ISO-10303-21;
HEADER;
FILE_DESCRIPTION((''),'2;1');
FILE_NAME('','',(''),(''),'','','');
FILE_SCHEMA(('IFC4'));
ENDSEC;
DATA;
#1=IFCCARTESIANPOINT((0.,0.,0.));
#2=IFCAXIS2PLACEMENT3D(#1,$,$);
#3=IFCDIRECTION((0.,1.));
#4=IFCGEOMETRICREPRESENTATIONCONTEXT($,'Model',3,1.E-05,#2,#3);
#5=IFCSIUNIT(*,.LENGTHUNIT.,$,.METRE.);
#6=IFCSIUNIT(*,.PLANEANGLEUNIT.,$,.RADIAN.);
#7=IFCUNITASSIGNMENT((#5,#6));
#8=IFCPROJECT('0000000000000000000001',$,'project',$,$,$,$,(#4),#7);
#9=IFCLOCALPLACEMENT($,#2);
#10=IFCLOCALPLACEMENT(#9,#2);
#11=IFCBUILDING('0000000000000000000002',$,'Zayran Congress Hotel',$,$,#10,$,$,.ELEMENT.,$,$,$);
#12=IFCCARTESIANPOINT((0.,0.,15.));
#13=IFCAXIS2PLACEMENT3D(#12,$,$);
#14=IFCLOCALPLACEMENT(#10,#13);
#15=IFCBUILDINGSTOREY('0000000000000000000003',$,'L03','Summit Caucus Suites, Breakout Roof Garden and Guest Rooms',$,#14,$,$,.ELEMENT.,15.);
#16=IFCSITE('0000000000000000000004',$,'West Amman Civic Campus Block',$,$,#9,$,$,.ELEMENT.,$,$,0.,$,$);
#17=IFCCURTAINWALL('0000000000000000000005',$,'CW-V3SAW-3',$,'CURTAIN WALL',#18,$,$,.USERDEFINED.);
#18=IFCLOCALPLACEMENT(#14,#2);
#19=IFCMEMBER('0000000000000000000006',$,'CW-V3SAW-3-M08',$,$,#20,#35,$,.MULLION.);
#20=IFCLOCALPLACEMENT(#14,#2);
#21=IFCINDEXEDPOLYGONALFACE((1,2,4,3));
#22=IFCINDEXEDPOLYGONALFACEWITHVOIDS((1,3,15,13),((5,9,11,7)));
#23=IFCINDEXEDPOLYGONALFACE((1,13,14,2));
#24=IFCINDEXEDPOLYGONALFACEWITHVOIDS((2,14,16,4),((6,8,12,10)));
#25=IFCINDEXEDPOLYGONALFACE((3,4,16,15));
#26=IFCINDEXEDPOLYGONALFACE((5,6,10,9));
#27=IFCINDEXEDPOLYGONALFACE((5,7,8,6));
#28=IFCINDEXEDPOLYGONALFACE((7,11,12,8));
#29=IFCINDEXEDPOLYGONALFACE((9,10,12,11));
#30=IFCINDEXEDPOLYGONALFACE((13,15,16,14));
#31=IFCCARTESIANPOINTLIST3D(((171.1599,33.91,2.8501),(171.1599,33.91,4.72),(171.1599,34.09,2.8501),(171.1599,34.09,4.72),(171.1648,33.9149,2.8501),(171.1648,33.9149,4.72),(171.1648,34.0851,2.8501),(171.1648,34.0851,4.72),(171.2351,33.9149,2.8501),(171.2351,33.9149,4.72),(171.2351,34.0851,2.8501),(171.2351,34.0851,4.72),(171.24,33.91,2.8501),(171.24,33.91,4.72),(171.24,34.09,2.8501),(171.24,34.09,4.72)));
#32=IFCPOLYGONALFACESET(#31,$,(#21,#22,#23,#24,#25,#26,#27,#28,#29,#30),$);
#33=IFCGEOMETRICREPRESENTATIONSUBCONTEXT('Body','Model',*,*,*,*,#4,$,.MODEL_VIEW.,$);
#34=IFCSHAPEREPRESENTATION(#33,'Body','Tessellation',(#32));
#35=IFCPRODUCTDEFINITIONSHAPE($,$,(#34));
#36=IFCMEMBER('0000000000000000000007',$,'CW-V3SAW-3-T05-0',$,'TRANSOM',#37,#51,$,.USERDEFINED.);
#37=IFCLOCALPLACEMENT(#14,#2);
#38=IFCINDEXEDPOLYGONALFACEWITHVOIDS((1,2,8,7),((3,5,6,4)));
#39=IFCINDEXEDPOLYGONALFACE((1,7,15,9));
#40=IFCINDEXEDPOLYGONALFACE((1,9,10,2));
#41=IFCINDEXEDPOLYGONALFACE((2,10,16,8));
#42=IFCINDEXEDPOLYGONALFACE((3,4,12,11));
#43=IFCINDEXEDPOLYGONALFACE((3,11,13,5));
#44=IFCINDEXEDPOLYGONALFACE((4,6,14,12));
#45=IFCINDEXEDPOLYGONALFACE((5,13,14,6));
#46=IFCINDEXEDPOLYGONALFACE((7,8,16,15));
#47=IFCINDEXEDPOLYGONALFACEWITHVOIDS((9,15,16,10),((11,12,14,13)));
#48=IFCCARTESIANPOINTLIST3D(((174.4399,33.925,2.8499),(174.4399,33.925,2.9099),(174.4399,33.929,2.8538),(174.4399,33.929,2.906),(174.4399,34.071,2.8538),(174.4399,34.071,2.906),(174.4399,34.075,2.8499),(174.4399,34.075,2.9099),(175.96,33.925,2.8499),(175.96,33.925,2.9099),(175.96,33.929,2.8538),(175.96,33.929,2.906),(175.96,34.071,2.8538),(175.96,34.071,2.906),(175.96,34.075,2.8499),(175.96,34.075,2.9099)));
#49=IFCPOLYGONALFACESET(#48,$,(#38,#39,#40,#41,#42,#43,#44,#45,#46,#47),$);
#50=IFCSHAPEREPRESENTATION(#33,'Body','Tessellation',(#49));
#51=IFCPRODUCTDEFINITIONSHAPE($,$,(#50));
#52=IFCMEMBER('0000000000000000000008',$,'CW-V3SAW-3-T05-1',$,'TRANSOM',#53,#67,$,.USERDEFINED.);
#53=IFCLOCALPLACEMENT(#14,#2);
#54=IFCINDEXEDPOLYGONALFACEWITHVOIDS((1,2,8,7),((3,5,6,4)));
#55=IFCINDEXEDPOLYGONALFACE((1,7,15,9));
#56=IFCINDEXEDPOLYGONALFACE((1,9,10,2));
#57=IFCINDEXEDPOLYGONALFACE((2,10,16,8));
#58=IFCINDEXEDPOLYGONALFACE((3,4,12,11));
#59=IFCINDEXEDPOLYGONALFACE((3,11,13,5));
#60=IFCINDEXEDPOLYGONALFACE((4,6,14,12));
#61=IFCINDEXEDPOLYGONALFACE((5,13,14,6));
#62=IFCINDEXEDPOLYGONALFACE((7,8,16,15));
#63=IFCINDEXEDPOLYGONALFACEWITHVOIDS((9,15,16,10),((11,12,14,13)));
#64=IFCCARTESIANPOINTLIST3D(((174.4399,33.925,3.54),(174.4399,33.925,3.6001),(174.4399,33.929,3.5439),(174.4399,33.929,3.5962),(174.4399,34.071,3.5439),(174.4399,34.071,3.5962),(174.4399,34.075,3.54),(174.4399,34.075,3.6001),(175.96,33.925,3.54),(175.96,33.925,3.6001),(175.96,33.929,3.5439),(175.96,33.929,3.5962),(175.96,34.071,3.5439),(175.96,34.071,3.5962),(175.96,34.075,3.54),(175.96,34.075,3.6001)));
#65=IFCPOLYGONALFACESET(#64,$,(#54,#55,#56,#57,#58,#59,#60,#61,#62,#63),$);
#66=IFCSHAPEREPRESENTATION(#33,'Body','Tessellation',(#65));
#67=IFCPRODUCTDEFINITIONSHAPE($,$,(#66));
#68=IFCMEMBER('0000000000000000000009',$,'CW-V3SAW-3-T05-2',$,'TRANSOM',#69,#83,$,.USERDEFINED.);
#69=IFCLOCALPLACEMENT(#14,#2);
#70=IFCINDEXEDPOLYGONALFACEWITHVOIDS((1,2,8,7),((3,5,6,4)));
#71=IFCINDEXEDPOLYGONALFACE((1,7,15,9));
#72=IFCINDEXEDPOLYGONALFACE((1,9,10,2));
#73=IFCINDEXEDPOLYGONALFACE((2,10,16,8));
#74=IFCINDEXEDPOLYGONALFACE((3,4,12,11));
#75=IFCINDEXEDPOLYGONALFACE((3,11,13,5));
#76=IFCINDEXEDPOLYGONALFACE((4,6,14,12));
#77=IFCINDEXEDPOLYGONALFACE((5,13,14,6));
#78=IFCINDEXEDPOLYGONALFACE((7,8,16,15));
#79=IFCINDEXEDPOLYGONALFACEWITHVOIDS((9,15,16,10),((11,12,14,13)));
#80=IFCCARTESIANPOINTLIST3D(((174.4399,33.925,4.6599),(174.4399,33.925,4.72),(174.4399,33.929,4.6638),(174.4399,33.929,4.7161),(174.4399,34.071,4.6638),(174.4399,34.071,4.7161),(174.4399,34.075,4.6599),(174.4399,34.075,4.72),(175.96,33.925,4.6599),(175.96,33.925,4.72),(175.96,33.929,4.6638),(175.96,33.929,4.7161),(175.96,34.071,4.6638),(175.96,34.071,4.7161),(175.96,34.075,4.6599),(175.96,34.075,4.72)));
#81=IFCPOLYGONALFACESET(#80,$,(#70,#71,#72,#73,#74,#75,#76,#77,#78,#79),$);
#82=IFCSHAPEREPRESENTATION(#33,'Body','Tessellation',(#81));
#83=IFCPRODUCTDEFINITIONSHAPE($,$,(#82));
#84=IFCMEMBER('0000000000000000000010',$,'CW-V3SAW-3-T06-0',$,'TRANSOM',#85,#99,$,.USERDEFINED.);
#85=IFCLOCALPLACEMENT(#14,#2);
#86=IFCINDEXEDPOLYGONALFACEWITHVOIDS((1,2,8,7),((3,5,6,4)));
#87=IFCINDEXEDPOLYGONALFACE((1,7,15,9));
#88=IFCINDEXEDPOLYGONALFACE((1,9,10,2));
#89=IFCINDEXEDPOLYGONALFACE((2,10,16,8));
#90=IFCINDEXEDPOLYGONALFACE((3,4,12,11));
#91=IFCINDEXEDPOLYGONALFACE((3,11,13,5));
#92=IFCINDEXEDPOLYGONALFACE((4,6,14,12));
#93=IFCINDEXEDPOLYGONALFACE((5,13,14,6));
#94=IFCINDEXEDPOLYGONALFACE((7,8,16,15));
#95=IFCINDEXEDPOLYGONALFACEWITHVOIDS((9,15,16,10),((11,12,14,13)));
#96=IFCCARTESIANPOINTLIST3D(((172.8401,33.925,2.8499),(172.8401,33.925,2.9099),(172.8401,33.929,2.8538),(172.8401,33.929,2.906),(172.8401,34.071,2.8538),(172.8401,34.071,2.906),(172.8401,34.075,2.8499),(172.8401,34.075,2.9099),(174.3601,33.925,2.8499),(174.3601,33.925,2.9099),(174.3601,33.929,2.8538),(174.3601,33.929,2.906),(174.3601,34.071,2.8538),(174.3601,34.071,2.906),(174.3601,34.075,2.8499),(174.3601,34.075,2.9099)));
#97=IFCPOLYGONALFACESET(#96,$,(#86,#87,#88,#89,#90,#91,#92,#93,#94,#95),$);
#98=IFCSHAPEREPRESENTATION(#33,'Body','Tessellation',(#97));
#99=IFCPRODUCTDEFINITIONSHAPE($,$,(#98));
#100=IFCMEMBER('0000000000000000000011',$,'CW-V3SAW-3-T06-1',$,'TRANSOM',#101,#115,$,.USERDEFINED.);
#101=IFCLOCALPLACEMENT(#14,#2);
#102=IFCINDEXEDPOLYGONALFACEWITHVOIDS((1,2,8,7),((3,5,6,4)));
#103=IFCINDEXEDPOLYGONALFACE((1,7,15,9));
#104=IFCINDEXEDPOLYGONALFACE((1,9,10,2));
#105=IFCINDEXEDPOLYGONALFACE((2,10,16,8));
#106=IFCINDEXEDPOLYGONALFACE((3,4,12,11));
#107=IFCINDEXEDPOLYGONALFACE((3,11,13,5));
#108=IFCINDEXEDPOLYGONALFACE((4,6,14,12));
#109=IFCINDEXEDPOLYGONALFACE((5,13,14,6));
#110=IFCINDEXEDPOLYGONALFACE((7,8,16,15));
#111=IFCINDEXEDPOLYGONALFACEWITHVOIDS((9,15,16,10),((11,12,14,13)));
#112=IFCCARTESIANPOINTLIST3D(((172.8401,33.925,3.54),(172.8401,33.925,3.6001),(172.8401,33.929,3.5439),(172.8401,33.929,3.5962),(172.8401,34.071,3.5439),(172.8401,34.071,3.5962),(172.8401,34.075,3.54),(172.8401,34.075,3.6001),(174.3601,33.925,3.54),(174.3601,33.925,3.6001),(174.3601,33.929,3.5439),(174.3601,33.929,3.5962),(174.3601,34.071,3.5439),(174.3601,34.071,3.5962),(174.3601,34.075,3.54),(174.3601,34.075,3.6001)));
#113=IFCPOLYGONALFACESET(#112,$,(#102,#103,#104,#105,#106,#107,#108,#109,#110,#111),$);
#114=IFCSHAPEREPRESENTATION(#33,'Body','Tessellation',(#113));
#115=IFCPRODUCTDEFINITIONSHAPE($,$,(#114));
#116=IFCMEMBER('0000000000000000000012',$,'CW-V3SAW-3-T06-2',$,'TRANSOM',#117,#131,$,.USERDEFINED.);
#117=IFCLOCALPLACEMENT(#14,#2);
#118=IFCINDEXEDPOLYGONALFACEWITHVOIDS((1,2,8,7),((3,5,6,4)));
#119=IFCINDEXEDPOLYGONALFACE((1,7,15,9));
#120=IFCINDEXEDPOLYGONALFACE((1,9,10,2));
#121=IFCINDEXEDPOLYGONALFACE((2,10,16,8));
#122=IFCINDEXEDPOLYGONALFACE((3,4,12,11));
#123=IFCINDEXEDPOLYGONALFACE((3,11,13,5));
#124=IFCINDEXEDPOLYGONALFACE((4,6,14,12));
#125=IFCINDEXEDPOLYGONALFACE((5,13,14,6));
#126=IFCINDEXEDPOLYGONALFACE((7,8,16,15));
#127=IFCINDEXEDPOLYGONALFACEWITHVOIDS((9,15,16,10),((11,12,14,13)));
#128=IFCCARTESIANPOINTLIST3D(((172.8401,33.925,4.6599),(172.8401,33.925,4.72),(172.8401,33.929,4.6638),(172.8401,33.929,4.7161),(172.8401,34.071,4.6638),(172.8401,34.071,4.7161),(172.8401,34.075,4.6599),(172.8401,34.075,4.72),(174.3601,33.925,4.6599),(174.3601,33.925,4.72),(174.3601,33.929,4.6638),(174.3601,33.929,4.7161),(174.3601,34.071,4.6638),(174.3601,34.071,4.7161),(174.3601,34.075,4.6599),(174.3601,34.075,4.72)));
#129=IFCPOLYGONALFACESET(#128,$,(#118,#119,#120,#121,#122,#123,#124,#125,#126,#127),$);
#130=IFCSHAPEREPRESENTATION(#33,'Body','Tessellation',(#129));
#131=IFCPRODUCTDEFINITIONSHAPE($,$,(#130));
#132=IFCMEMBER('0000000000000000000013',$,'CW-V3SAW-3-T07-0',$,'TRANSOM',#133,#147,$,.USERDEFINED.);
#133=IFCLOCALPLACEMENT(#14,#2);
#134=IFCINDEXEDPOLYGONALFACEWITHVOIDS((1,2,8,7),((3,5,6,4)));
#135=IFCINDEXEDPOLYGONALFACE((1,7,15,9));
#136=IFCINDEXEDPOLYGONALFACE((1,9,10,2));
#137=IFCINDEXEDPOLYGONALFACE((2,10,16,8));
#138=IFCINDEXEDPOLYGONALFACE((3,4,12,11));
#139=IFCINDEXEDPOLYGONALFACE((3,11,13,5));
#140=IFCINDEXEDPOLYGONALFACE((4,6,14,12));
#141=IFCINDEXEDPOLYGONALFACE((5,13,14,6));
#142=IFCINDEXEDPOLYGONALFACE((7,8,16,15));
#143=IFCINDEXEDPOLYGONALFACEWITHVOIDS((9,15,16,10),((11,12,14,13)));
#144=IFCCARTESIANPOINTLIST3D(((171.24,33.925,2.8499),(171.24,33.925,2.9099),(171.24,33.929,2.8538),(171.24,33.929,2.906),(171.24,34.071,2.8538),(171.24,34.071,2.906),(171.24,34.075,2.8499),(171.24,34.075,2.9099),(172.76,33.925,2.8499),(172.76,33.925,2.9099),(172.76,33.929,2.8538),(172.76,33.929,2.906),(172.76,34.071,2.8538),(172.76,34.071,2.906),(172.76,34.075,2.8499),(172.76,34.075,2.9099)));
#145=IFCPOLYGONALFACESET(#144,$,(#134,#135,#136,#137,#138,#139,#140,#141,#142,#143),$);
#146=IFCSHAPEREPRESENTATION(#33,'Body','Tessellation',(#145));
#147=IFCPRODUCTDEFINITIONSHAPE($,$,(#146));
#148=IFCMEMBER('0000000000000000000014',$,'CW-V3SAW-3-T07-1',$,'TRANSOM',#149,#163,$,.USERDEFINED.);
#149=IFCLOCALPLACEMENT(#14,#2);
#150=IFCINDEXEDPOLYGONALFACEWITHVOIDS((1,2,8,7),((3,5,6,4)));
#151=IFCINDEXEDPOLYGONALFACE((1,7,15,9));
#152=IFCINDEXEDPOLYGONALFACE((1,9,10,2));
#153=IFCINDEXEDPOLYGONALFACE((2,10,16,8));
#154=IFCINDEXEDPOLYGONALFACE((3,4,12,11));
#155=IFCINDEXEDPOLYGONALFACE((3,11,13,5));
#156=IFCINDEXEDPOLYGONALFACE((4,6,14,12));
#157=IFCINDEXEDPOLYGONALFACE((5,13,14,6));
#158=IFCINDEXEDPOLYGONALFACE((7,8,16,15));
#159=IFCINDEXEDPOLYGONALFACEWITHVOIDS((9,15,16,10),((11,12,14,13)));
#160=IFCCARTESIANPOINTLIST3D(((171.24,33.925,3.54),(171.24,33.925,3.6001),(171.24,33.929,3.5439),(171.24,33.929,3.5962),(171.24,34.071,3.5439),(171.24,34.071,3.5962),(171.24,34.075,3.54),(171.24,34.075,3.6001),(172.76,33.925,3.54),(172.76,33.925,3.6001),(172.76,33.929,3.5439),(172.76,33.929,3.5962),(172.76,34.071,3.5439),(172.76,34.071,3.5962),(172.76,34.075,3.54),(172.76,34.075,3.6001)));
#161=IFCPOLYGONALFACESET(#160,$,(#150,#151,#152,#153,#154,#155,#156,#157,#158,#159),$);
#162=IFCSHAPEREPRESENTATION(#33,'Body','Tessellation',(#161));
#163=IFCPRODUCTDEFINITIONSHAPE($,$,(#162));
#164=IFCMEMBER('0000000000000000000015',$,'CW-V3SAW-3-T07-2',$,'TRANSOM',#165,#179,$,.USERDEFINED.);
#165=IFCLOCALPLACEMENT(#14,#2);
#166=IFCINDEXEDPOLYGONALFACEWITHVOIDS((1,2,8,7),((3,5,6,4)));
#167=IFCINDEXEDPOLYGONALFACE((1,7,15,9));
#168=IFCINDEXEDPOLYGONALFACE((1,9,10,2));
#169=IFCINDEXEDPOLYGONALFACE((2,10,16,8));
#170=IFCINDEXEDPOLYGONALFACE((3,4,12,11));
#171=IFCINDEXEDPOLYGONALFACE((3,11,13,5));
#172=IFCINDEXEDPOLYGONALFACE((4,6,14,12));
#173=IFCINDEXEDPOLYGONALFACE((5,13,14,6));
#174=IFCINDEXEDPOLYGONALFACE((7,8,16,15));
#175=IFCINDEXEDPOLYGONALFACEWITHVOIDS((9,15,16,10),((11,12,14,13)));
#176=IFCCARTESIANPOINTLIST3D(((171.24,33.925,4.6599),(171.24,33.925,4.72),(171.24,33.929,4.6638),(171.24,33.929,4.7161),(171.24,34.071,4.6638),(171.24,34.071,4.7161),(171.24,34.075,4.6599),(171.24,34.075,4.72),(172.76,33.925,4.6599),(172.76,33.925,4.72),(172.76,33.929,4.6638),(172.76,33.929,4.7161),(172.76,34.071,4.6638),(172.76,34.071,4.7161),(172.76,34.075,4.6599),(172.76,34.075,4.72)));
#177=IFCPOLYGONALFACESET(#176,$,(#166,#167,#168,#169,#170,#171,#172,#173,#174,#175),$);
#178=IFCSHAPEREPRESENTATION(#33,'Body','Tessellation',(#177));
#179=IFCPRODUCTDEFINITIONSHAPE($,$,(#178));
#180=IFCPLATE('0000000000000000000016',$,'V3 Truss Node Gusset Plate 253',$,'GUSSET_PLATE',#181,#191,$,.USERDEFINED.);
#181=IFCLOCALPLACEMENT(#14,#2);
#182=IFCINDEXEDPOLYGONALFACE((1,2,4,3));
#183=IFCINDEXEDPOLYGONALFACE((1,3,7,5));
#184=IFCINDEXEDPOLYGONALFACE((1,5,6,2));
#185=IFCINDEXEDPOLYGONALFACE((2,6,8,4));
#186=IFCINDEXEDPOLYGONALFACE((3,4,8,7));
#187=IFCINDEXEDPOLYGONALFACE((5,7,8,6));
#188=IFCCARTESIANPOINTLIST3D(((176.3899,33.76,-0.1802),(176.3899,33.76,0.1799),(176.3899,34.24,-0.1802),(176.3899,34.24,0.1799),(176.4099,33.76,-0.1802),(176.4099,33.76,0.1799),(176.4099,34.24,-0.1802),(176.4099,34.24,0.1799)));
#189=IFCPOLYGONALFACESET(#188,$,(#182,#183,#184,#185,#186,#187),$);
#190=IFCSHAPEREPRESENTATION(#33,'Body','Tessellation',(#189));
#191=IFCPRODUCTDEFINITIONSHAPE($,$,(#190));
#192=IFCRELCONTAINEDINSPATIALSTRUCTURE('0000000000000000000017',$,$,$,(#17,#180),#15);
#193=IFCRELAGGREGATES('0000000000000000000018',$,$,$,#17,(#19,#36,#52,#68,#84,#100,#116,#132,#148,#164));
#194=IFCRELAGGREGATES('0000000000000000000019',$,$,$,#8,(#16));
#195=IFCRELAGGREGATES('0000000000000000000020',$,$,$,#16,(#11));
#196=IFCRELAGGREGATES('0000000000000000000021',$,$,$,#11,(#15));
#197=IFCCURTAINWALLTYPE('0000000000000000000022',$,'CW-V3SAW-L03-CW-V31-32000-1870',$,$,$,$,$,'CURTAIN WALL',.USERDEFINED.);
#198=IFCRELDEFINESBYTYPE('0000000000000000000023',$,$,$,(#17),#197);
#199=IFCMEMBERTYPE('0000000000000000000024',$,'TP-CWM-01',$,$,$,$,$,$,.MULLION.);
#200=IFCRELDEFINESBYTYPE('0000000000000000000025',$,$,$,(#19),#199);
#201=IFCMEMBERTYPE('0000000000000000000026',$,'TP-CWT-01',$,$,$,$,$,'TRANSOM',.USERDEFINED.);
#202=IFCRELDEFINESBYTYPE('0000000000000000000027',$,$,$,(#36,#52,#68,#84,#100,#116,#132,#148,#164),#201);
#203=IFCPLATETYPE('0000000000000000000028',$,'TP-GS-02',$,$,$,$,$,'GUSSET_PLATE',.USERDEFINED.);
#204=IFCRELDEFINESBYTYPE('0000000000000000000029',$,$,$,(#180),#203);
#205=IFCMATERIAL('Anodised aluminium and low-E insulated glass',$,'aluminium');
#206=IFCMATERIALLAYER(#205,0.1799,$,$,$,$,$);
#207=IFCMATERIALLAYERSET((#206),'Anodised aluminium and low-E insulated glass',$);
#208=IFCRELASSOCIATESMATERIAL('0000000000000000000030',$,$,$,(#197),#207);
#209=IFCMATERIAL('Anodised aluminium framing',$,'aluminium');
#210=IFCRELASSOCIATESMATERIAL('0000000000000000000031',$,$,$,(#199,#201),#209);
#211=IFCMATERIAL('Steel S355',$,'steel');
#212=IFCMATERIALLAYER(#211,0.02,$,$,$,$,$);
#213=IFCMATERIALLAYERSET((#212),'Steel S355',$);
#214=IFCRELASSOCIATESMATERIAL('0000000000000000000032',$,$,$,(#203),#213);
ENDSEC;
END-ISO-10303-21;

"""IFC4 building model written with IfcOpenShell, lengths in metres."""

from ifc_helpers import new_model, si_unit, direction, frame, origin, origin_2d, place, context, subcontext, project, spatial, rectangle, hollow_rectangle, extrude, material, layer, layer_set, material_profile, profile_set, type_object, element, aggregate, save


model = new_model("IFC4")

# Units and contexts
model_context = context("Model", 3, precision=1e-05, world=origin(), true_north=direction((0.0, 1.0)))
body_context = subcontext(model_context, "Body", "Model", "MODEL_VIEW")
ifc_project = project(units=[si_unit("LENGTHUNIT", "METRE"), si_unit("PLANEANGLEUNIT", "RADIAN")], contexts=[model_context])

# Site, building, storey
site_placement = place(None, origin())
site = spatial("IfcSite", under=ifc_project, at=site_placement, Name="West Amman Civic Campus Block", CompositionType="ELEMENT", RefElevation=0.0)
building_placement = place(site_placement, origin())
building = spatial("IfcBuilding", under=site, at=building_placement, Name="Zayran Congress Hotel", CompositionType="ELEMENT")
storey_placement = place(building_placement, frame((0.0, 0.0, 15.0)))
storey = spatial("IfcBuildingStorey", under=building, at=storey_placement, Name="L03", Description="Summit Caucus Suites, Breakout Roof Garden and Guest Rooms", CompositionType="ELEMENT", Elevation=15.0)

# Shared definitions
ifc_material_1 = material(Name="Steel S355", Category="steel")

# Curtain wall, members
ifc_material_2 = material(Name="Anodised aluminium and low-E insulated glass", Category="aluminium")
ifc_layer_1 = layer(ifc_material_2, 0.1799)
ifc_layer_set_1 = layer_set([ifc_layer_1], Name="Anodised aluminium and low-E insulated glass")
curtain_wall_type = type_object("IfcCurtainWallType", Name="CW-V3SAW-L03-CW-V31-32000-1870", ElementType="CURTAIN WALL", PredefinedType="USERDEFINED", material=ifc_layer_set_1)
curtain_wall_placement = place(storey_placement, origin())
curtain_wall = element("IfcCurtainWall", 1, at=curtain_wall_placement, inside=storey, type_object=curtain_wall_type, Name="CW-V3SAW-3", ObjectType="CURTAIN WALL", PredefinedType="USERDEFINED")
ifc_material_3 = material(Name="Anodised aluminium framing", Category="aluminium")
ifc_material_profile_1 = material_profile(ifc_material_3, hollow_rectangle(XDim=0.0801, YDim=0.1799, WallThickness=0.0049, at=origin_2d()), Name="RHS 180x80x5")
ifc_profile_set_1 = profile_set([ifc_material_profile_1], Name="Anodised aluminium framing")
member_type_1 = type_object("IfcMemberType", Name="TP-CWM-01", PredefinedType="MULLION", material=ifc_profile_set_1)
member_1_placement = place(storey_placement, frame((171.2, 34.0, 2.8501), z_axis=(0.0, 0.0, 1.0), x_axis=(1.0, 0.0, 0.0)))
member_1 = element("IfcMember", 2, at=member_1_placement, type_object=member_type_1, Name="CW-V3SAW-3-M08", PredefinedType="MULLION", context=body_context, shape_type="SweptSolid", body=[
    extrude(hollow_rectangle(XDim=0.0801, YDim=0.1799, WallThickness=0.0049, at=origin_2d()), origin(), (0.0, 0.0, 1.0), 1.8699),
])
ifc_material_profile_2 = material_profile(ifc_material_3, hollow_rectangle(XDim=0.0601, YDim=0.1499, WallThickness=0.0039, at=origin_2d()), Name="RHS 150x60x4")
ifc_profile_set_2 = profile_set([ifc_material_profile_2], Name="Anodised aluminium framing")
member_type_2 = type_object("IfcMemberType", Name="TP-CWT-01", ElementType="TRANSOM", PredefinedType="USERDEFINED", material=ifc_profile_set_2)
member_2_placement = place(storey_placement, frame((175.96, 34.0, 2.8799), z_axis=(-1.0, 0.0, 0.0), x_axis=(0.0, 0.0, 1.0)))
member_2 = element("IfcMember", 3, at=member_2_placement, type_object=member_type_2, Name="CW-V3SAW-3-T05-0", ObjectType="TRANSOM", PredefinedType="USERDEFINED", context=body_context, shape_type="SweptSolid", body=[
    extrude(hollow_rectangle(XDim=0.0601, YDim=0.1499, WallThickness=0.0039, at=origin_2d()), origin(), (0.0, 0.0, 1.0), 1.52),
])
member_3_placement = place(storey_placement, frame((175.96, 34.0, 3.5701), z_axis=(-1.0, 0.0, 0.0), x_axis=(0.0, 0.0, 1.0)))
member_3 = element("IfcMember", 4, at=member_3_placement, type_object=member_type_2, Name="CW-V3SAW-3-T05-1", ObjectType="TRANSOM", PredefinedType="USERDEFINED", context=body_context, shape_type="SweptSolid", body=[
    extrude(hollow_rectangle(XDim=0.0601, YDim=0.1499, WallThickness=0.0039, at=origin_2d()), origin(), (0.0, 0.0, 1.0), 1.52),
])
member_4_placement = place(storey_placement, frame((175.96, 34.0, 4.6899), z_axis=(-1.0, 0.0, 0.0), x_axis=(0.0, 0.0, 1.0)))
member_4 = element("IfcMember", 5, at=member_4_placement, type_object=member_type_2, Name="CW-V3SAW-3-T05-2", ObjectType="TRANSOM", PredefinedType="USERDEFINED", context=body_context, shape_type="SweptSolid", body=[
    extrude(hollow_rectangle(XDim=0.0601, YDim=0.1499, WallThickness=0.0039, at=origin_2d()), origin(), (0.0, 0.0, 1.0), 1.52),
])
member_5_placement = place(storey_placement, frame((174.3601, 34.0, 2.8799), z_axis=(-1.0, 0.0, 0.0), x_axis=(0.0, 0.0, 1.0)))
member_5 = element("IfcMember", 6, at=member_5_placement, type_object=member_type_2, Name="CW-V3SAW-3-T06-0", ObjectType="TRANSOM", PredefinedType="USERDEFINED", context=body_context, shape_type="SweptSolid", body=[
    extrude(hollow_rectangle(XDim=0.0601, YDim=0.1499, WallThickness=0.0039, at=origin_2d()), origin(), (0.0, 0.0, 1.0), 1.52),
])
member_6_placement = place(storey_placement, frame((174.3601, 34.0, 3.5701), z_axis=(-1.0, 0.0, 0.0), x_axis=(0.0, 0.0, 1.0)))
member_6 = element("IfcMember", 7, at=member_6_placement, type_object=member_type_2, Name="CW-V3SAW-3-T06-1", ObjectType="TRANSOM", PredefinedType="USERDEFINED", context=body_context, shape_type="SweptSolid", body=[
    extrude(hollow_rectangle(XDim=0.0601, YDim=0.1499, WallThickness=0.0039, at=origin_2d()), origin(), (0.0, 0.0, 1.0), 1.52),
])
member_7_placement = place(storey_placement, frame((174.3601, 34.0, 4.6899), z_axis=(-1.0, 0.0, 0.0), x_axis=(0.0, 0.0, 1.0)))
member_7 = element("IfcMember", 8, at=member_7_placement, type_object=member_type_2, Name="CW-V3SAW-3-T06-2", ObjectType="TRANSOM", PredefinedType="USERDEFINED", context=body_context, shape_type="SweptSolid", body=[
    extrude(hollow_rectangle(XDim=0.0601, YDim=0.1499, WallThickness=0.0039, at=origin_2d()), origin(), (0.0, 0.0, 1.0), 1.52),
])
member_8_placement = place(storey_placement, frame((172.76, 34.0, 2.8799), z_axis=(-1.0, 0.0, 0.0), x_axis=(0.0, 0.0, 1.0)))
member_8 = element("IfcMember", 9, at=member_8_placement, type_object=member_type_2, Name="CW-V3SAW-3-T07-0", ObjectType="TRANSOM", PredefinedType="USERDEFINED", context=body_context, shape_type="SweptSolid", body=[
    extrude(hollow_rectangle(XDim=0.0601, YDim=0.1499, WallThickness=0.0039, at=origin_2d()), origin(), (0.0, 0.0, 1.0), 1.52),
])
member_9_placement = place(storey_placement, frame((172.76, 34.0, 3.5701), z_axis=(-1.0, 0.0, 0.0), x_axis=(0.0, 0.0, 1.0)))
member_9 = element("IfcMember", 10, at=member_9_placement, type_object=member_type_2, Name="CW-V3SAW-3-T07-1", ObjectType="TRANSOM", PredefinedType="USERDEFINED", context=body_context, shape_type="SweptSolid", body=[
    extrude(hollow_rectangle(XDim=0.0601, YDim=0.1499, WallThickness=0.0039, at=origin_2d()), origin(), (0.0, 0.0, 1.0), 1.52),
])
member_10_placement = place(storey_placement, frame((172.76, 34.0, 4.6899), z_axis=(-1.0, 0.0, 0.0), x_axis=(0.0, 0.0, 1.0)))
member_10 = element("IfcMember", 11, at=member_10_placement, type_object=member_type_2, Name="CW-V3SAW-3-T07-2", ObjectType="TRANSOM", PredefinedType="USERDEFINED", context=body_context, shape_type="SweptSolid", body=[
    extrude(hollow_rectangle(XDim=0.0601, YDim=0.1499, WallThickness=0.0039, at=origin_2d()), origin(), (0.0, 0.0, 1.0), 1.52),
])

# Plate
ifc_layer_2 = layer(ifc_material_1, 0.02)
ifc_layer_set_2 = layer_set([ifc_layer_2], Name="Steel S355")
plate_type_1 = type_object("IfcPlateType", Name="TP-GS-02", ElementType="GUSSET_PLATE", PredefinedType="USERDEFINED", material=ifc_layer_set_2)
plate_1_placement = place(storey_placement, frame((176.3999, 34.0, -0.1802), z_axis=(0.0, 0.0, 1.0), x_axis=(0.0, 1.0, 0.0)))
element("IfcPlate", 12, at=plate_1_placement, inside=storey, type_object=plate_type_1, Name="V3 Truss Node Gusset Plate 253", ObjectType="GUSSET_PLATE", PredefinedType="USERDEFINED", context=body_context, shape_type="SweptSolid", body=[
    extrude(rectangle(XDim=0.48, YDim=0.02, at=origin_2d()), origin(), (0.0, 0.0, 1.0), 0.3601),
])

aggregate(curtain_wall, [member_1, member_2, member_3, member_4, member_5, member_6, member_7, member_8, member_9, member_10])

save(model, "model.ifc")
